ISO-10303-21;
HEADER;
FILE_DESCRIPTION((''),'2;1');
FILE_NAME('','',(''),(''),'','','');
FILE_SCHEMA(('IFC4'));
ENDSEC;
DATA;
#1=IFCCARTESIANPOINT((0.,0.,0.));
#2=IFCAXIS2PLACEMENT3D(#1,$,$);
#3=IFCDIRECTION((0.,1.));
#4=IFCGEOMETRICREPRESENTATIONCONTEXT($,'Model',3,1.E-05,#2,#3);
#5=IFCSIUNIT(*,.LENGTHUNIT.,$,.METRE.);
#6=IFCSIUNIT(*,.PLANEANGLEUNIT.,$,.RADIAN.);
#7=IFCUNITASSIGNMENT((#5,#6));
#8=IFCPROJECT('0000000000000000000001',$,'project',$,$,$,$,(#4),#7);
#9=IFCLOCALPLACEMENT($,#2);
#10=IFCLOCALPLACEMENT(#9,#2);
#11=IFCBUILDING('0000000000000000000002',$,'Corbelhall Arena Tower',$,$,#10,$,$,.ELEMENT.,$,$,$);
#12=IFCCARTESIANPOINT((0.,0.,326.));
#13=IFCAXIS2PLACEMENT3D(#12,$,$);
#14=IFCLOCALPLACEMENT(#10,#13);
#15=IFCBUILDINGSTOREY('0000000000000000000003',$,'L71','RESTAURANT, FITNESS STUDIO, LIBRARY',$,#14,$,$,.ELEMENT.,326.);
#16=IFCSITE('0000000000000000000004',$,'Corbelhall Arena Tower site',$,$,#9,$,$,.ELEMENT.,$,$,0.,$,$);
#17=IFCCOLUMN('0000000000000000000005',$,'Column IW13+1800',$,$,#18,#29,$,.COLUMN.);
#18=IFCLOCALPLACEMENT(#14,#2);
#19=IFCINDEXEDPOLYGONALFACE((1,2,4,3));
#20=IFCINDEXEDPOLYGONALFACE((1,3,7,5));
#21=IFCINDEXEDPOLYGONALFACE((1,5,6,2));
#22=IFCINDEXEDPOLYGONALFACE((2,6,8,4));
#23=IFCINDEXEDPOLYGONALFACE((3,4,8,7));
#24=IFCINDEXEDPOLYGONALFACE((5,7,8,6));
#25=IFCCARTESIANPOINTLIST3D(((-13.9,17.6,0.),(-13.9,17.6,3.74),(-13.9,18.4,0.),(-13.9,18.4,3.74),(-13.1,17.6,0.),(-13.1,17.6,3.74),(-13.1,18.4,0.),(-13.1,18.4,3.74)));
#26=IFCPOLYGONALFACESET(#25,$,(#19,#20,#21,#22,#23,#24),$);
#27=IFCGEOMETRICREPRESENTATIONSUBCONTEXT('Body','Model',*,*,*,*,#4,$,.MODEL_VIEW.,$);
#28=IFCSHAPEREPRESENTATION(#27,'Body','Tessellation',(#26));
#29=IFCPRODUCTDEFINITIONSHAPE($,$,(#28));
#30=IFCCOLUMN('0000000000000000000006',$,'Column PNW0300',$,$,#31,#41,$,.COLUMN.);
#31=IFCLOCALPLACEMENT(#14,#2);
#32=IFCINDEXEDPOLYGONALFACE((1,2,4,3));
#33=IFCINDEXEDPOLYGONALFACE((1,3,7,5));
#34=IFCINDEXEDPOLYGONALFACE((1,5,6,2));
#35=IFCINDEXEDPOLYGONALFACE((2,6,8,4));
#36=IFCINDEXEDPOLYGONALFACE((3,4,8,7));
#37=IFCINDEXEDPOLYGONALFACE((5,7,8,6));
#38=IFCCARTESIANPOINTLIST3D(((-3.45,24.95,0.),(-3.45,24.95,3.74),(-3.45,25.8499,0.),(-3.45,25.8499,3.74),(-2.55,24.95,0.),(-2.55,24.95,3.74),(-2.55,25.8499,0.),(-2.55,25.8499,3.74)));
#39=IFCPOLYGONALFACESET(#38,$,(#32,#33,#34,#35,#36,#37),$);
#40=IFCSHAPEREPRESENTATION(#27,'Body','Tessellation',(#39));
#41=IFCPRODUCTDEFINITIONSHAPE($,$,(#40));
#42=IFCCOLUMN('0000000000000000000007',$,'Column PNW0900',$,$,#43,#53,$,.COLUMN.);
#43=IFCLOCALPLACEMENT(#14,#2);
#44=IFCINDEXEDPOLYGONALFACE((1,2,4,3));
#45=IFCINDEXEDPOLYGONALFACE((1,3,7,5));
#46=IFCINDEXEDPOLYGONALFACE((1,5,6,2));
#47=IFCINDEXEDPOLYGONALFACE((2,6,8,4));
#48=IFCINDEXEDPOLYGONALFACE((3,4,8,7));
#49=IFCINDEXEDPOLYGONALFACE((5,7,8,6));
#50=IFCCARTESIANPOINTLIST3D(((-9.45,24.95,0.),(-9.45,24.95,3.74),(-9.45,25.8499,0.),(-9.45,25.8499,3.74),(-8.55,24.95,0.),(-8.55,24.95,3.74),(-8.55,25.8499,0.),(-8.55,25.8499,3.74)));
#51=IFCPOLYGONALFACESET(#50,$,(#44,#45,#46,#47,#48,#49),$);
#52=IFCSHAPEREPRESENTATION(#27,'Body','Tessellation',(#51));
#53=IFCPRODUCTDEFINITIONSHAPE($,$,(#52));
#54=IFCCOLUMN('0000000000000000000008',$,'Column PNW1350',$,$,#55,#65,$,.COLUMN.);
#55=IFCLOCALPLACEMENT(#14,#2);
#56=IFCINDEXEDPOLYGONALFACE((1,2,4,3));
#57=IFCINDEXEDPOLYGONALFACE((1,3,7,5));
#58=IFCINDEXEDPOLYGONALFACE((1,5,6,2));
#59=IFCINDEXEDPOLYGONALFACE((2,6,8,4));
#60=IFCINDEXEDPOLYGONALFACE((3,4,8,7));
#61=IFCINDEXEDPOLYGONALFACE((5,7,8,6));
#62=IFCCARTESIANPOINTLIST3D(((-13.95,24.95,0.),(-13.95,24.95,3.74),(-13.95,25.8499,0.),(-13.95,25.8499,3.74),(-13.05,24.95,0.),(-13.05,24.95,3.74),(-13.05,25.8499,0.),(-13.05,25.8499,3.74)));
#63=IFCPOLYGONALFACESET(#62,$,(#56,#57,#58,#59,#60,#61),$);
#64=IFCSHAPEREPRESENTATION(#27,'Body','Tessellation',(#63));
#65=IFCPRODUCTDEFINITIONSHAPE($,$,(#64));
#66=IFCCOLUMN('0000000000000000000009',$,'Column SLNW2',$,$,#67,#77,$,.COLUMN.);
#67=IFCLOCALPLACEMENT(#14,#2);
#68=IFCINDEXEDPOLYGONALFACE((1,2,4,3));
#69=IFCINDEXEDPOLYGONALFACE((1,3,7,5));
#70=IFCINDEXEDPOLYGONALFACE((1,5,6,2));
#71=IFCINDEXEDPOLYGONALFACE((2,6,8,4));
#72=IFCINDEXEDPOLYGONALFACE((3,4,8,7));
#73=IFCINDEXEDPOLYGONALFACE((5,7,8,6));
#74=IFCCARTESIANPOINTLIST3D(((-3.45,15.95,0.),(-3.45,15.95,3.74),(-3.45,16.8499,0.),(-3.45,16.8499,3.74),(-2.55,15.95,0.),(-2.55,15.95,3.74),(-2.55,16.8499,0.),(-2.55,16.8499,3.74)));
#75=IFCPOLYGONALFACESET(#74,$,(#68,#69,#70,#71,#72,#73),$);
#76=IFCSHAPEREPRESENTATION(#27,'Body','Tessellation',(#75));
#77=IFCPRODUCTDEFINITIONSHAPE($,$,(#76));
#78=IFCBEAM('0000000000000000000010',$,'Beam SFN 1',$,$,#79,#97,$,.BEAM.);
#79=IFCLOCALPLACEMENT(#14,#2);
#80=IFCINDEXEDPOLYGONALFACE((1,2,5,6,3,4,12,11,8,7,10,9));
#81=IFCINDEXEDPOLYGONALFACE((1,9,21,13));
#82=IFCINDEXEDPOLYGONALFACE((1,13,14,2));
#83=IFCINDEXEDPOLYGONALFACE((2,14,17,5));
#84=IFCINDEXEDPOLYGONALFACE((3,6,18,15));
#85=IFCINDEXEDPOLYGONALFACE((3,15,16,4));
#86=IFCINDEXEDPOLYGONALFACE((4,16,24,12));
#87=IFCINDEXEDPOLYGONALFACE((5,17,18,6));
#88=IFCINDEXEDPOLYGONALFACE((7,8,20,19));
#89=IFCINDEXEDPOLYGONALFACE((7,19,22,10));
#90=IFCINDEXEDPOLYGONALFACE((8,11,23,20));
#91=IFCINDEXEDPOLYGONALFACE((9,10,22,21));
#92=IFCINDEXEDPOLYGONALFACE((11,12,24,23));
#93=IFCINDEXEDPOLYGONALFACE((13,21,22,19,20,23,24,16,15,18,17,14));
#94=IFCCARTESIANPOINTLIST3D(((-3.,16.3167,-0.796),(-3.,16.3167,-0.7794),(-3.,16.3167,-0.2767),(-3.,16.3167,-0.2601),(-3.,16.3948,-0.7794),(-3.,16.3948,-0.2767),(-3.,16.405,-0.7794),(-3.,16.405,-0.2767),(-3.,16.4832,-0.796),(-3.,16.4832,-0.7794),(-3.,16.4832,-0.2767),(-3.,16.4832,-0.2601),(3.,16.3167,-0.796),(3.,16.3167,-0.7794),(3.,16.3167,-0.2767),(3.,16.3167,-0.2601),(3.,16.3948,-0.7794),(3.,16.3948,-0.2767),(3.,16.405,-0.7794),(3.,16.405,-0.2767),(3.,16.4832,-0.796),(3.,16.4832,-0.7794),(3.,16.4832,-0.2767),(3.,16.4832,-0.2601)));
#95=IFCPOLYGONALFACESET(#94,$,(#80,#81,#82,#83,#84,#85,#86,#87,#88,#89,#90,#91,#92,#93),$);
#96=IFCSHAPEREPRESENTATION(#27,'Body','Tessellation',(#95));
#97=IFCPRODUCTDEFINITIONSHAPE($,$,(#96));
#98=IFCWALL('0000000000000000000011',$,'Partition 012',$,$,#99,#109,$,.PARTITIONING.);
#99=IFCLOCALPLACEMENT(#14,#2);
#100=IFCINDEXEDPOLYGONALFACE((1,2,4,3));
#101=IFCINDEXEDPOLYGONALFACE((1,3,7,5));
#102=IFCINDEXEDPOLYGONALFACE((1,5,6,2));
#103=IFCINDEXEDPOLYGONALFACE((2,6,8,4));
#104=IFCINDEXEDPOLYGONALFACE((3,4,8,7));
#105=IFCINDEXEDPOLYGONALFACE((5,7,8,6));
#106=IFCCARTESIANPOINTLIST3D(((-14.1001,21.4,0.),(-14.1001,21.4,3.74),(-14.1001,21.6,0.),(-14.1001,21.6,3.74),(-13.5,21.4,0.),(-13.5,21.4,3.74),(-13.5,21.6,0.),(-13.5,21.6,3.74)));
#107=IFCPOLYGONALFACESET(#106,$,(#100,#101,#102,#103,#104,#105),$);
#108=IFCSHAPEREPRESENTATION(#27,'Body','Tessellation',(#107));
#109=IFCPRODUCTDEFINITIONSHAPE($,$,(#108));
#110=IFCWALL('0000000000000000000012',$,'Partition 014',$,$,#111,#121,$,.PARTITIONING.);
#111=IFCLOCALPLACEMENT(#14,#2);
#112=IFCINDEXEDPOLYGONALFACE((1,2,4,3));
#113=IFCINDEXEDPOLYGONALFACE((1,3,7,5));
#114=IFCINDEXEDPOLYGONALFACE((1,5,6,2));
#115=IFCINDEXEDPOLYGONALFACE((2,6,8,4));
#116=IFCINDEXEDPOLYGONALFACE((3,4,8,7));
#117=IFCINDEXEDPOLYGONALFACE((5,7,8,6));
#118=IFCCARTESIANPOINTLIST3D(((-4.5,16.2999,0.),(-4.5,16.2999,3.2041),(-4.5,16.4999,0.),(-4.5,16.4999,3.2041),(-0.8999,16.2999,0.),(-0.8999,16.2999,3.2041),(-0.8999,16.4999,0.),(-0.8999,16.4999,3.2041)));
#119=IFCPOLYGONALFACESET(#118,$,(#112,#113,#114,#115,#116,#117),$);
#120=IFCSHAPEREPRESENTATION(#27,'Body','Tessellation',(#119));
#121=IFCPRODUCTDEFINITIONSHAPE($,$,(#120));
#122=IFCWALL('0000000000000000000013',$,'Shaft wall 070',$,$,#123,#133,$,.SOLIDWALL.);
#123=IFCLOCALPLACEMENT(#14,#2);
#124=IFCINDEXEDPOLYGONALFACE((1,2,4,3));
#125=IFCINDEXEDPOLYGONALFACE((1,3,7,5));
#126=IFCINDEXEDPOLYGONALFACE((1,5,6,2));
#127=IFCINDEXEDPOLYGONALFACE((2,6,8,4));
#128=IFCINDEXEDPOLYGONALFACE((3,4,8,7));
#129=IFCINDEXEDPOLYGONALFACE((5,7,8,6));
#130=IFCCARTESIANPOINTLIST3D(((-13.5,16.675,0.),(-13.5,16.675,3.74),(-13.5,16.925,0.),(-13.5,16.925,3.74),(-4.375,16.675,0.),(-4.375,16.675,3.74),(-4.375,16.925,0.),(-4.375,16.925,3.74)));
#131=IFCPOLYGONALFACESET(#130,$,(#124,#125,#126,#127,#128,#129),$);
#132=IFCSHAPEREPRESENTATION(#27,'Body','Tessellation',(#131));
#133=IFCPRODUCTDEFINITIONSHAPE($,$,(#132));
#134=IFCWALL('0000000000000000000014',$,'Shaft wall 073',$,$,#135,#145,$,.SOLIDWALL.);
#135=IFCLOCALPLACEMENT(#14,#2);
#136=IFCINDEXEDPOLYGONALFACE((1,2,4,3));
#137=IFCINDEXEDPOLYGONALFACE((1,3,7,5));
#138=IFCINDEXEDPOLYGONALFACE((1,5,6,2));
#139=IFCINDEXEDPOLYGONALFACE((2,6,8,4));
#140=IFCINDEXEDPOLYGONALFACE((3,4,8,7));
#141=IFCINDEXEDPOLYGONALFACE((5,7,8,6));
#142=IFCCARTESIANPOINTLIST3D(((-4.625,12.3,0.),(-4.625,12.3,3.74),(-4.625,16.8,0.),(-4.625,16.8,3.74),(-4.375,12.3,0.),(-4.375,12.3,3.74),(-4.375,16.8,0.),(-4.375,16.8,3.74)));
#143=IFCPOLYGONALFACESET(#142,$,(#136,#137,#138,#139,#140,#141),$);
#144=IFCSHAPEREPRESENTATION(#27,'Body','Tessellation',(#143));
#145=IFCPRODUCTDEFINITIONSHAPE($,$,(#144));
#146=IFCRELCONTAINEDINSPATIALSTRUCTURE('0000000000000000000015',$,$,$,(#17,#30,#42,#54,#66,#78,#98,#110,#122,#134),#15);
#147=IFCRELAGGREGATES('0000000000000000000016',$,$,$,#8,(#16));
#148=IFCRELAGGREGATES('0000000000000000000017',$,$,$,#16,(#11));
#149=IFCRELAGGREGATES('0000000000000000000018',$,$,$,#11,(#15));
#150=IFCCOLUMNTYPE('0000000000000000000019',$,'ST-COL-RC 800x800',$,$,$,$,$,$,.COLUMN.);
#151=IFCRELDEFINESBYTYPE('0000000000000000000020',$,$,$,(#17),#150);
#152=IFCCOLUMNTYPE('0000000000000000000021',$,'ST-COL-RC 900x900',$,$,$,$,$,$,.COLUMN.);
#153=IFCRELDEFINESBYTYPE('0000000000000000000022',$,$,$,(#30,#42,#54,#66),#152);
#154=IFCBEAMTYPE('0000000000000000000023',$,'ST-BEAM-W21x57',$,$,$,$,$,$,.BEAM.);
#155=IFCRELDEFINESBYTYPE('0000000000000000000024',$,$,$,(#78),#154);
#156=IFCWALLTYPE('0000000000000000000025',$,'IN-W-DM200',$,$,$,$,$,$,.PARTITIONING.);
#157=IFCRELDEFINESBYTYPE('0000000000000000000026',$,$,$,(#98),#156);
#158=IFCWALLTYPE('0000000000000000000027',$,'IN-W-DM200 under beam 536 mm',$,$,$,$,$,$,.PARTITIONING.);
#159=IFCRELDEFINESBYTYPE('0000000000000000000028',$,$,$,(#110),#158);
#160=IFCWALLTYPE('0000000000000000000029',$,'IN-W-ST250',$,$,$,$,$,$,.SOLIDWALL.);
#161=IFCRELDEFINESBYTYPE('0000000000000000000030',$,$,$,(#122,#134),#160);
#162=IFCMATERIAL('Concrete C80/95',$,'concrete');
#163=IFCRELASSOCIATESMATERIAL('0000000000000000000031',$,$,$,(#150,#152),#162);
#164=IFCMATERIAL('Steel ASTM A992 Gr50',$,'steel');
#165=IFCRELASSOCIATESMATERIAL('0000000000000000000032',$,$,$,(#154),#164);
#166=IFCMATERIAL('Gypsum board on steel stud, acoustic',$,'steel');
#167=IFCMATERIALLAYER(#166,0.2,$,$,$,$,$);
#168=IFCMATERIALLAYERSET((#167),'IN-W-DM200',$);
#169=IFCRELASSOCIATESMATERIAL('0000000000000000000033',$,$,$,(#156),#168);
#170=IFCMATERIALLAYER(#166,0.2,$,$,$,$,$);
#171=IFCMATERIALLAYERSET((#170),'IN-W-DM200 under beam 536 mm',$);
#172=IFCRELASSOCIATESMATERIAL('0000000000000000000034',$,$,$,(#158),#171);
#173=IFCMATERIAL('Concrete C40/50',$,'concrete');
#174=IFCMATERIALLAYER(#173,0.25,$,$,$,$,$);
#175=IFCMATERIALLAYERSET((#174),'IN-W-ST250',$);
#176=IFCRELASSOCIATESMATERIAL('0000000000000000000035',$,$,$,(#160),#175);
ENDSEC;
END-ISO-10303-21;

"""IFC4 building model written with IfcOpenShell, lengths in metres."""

from ifc_helpers import new_model, si_unit, direction, frame, frame_2d, origin, origin_2d, place, context, subcontext, project, spatial, rectangle, i_section, extrude, material, layer, layer_set, material_profile, profile_set, type_object, element, save


model = new_model("IFC4")

# Units and contexts
model_context = context("Model", 3, precision=1e-05, world=origin(), true_north=direction((0.0, 1.0)))
body_context = subcontext(model_context, "Body", "Model", "MODEL_VIEW")
ifc_project = project(units=[si_unit("LENGTHUNIT", "METRE"), si_unit("PLANEANGLEUNIT", "RADIAN")], contexts=[model_context])

# Site, building, storey
site_placement = place(None, origin())
site = spatial("IfcSite", under=ifc_project, at=site_placement, Name="Corbelhall Arena Tower site", CompositionType="ELEMENT", RefElevation=0.0)
building_placement = place(site_placement, origin())
building = spatial("IfcBuilding", under=site, at=building_placement, Name="Corbelhall Arena Tower", CompositionType="ELEMENT")
storey_placement = place(building_placement, frame((0.0, 0.0, 326.0)))
storey = spatial("IfcBuildingStorey", under=building, at=storey_placement, Name="L71", Description="RESTAURANT, FITNESS STUDIO, LIBRARY", CompositionType="ELEMENT", Elevation=326.0)

# Columns
ifc_material_1 = material(Name="Concrete C80/95", Category="concrete")
ifc_material_profile_1 = material_profile(ifc_material_1, rectangle(XDim=0.8, YDim=0.8, at=origin_2d()))
ifc_profile_set_1 = profile_set([ifc_material_profile_1], Name="Concrete C80/95")
column_type_1 = type_object("IfcColumnType", Name="ST-COL-RC 800x800", PredefinedType="COLUMN", material=ifc_profile_set_1)
column_placement = place(storey_placement, frame((-13.5, 18.0, 0.0), z_axis=(0.0, 0.0, 1.0), x_axis=(1.0, 0.0, 0.0)))
element("IfcColumn", 1, at=column_placement, inside=storey, type_object=column_type_1, Name="Column IW13+1800", PredefinedType="COLUMN", context=body_context, shape_type="SweptSolid", body=[
    extrude(rectangle(XDim=0.8, YDim=0.8, at=origin_2d()), origin(), (0.0, 0.0, 1.0), 3.74),
])
ifc_material_profile_2 = material_profile(ifc_material_1, rectangle(XDim=0.8999, YDim=0.8999, at=origin_2d()))
ifc_profile_set_2 = profile_set([ifc_material_profile_2], Name="Concrete C80/95")
column_type_2 = type_object("IfcColumnType", Name="ST-COL-RC 900x900", PredefinedType="COLUMN", material=ifc_profile_set_2)
for number, where, z_axis, x_axis, name in (
    (2, (-3.0, 25.3999, 0.0), (0.0, 0.0, 1.0), (1.0, 0.0, 0.0), "Column PNW0300"),
    (3, (-9.0, 25.3999, 0.0), (0.0, 0.0, 1.0), (1.0, 0.0, 0.0), "Column PNW0900"),
    (4, (-13.5, 25.3999, 0.0), (0.0, 0.0, 1.0), (1.0, 0.0, 0.0), "Column PNW1350"),
    (5, (-3.0, 16.3999, 0.0), (0.0, 0.0, 1.0), (1.0, 0.0, 0.0), "Column SLNW2"),
):
    element("IfcColumn", number, at=place(storey_placement, frame(where, z_axis=z_axis, x_axis=x_axis)), inside=storey, type_object=column_type_2, Name=name, PredefinedType="COLUMN", context=body_context, shape_type="SweptSolid", body=[
        extrude(rectangle(XDim=0.8999, YDim=0.8999, at=origin_2d()), origin(), (0.0, 0.0, 1.0), 3.74),
    ])

# Beam
ifc_material_2 = material(Name="Steel ASTM A992 Gr50", Category="steel")
ifc_material_profile_3 = material_profile(ifc_material_2, i_section(OverallWidth=0.1665, OverallDepth=0.5359, WebThickness=0.0103, FlangeThickness=0.0166, at=origin_2d()))
ifc_profile_set_3 = profile_set([ifc_material_profile_3], Name="Steel ASTM A992 Gr50")
beam_type = type_object("IfcBeamType", Name="ST-BEAM-W21x57", PredefinedType="BEAM", material=ifc_profile_set_3)
beam_placement = place(storey_placement, frame((-3.0, 16.3999, -0.5281), z_axis=(1.0, 0.0, 0.0), x_axis=(0.0, 1.0, 0.0)))
element("IfcBeam", 6, at=beam_placement, inside=storey, type_object=beam_type, Name="Beam SFN 1", PredefinedType="BEAM", context=body_context, shape_type="SweptSolid", body=[
    extrude(i_section(OverallWidth=0.1665, OverallDepth=0.5359, WebThickness=0.0103, FlangeThickness=0.0166, at=origin_2d()), origin(), (0.0, 0.0, 1.0), 6.0),
])

# Wall
ifc_material_3 = material(Name="Gypsum board on steel stud, acoustic", Category="steel")
ifc_layer_1 = layer(ifc_material_3, 0.2)
ifc_layer_set_1 = layer_set([ifc_layer_1], Name="IN-W-DM200")
wall_type_1 = type_object("IfcWallType", Name="IN-W-DM200", PredefinedType="PARTITIONING", material=ifc_layer_set_1)
wall_1_placement = place(storey_placement, frame((-13.5, 21.5, 0.0), z_axis=(0.0, 0.0, 1.0), x_axis=(-1.0, 0.0, 0.0)))
element("IfcWall", 7, at=wall_1_placement, inside=storey, type_object=wall_type_1, Name="Partition 012", PredefinedType="PARTITIONING", context=body_context, shape_type="SweptSolid", body=[
    extrude(rectangle(XDim=0.6001, YDim=0.2, at=frame_2d((0.3, 0.0))), origin(), (0.0, 0.0, 1.0), 3.74),
])

# Walls
ifc_layer_2 = layer(ifc_material_3, 0.2)
ifc_layer_set_2 = layer_set([ifc_layer_2], Name="IN-W-DM200 under beam 536 mm")
wall_type_2 = type_object("IfcWallType", Name="IN-W-DM200 under beam 536 mm", PredefinedType="PARTITIONING", material=ifc_layer_set_2)
wall_2_placement = place(storey_placement, frame((-4.5, 16.3999, 0.0), z_axis=(0.0, 0.0, 1.0), x_axis=(1.0, 0.0, 0.0)))
element("IfcWall", 8, at=wall_2_placement, inside=storey, type_object=wall_type_2, Name="Partition 014", PredefinedType="PARTITIONING", context=body_context, shape_type="SweptSolid", body=[
    extrude(rectangle(XDim=3.6001, YDim=0.2, at=frame_2d((1.8, 0.0))), origin(), (0.0, 0.0, 1.0), 3.2041),
])
ifc_material_4 = material(Name="Concrete C40/50", Category="concrete")
ifc_layer_3 = layer(ifc_material_4, 0.25)
ifc_layer_set_3 = layer_set([ifc_layer_3], Name="IN-W-ST250")
wall_type_3 = type_object("IfcWallType", Name="IN-W-ST250", PredefinedType="SOLIDWALL", material=ifc_layer_set_3)
wall_3_placement = place(storey_placement, frame((-13.5, 16.8, 0.0), z_axis=(0.0, 0.0, 1.0), x_axis=(1.0, 0.0, 0.0)))
element("IfcWall", 9, at=wall_3_placement, inside=storey, type_object=wall_type_3, Name="Shaft wall 070", PredefinedType="SOLIDWALL", context=body_context, shape_type="SweptSolid", body=[
    extrude(rectangle(XDim=9.125, YDim=0.25, at=frame_2d((4.5625, 0.0))), origin(), (0.0, 0.0, 1.0), 3.74),
])
wall_4_placement = place(storey_placement, frame((-4.5, 16.8, 0.0), z_axis=(0.0, 0.0, 1.0), x_axis=(0.0, -1.0, 0.0)))
element("IfcWall", 10, at=wall_4_placement, inside=storey, type_object=wall_type_3, Name="Shaft wall 073", PredefinedType="SOLIDWALL", context=body_context, shape_type="SweptSolid", body=[
    extrude(rectangle(XDim=4.5, YDim=0.25, at=frame_2d((2.25, 0.0))), origin(), (0.0, 0.0, 1.0), 3.74),
])

save(model, "model.ifc")
